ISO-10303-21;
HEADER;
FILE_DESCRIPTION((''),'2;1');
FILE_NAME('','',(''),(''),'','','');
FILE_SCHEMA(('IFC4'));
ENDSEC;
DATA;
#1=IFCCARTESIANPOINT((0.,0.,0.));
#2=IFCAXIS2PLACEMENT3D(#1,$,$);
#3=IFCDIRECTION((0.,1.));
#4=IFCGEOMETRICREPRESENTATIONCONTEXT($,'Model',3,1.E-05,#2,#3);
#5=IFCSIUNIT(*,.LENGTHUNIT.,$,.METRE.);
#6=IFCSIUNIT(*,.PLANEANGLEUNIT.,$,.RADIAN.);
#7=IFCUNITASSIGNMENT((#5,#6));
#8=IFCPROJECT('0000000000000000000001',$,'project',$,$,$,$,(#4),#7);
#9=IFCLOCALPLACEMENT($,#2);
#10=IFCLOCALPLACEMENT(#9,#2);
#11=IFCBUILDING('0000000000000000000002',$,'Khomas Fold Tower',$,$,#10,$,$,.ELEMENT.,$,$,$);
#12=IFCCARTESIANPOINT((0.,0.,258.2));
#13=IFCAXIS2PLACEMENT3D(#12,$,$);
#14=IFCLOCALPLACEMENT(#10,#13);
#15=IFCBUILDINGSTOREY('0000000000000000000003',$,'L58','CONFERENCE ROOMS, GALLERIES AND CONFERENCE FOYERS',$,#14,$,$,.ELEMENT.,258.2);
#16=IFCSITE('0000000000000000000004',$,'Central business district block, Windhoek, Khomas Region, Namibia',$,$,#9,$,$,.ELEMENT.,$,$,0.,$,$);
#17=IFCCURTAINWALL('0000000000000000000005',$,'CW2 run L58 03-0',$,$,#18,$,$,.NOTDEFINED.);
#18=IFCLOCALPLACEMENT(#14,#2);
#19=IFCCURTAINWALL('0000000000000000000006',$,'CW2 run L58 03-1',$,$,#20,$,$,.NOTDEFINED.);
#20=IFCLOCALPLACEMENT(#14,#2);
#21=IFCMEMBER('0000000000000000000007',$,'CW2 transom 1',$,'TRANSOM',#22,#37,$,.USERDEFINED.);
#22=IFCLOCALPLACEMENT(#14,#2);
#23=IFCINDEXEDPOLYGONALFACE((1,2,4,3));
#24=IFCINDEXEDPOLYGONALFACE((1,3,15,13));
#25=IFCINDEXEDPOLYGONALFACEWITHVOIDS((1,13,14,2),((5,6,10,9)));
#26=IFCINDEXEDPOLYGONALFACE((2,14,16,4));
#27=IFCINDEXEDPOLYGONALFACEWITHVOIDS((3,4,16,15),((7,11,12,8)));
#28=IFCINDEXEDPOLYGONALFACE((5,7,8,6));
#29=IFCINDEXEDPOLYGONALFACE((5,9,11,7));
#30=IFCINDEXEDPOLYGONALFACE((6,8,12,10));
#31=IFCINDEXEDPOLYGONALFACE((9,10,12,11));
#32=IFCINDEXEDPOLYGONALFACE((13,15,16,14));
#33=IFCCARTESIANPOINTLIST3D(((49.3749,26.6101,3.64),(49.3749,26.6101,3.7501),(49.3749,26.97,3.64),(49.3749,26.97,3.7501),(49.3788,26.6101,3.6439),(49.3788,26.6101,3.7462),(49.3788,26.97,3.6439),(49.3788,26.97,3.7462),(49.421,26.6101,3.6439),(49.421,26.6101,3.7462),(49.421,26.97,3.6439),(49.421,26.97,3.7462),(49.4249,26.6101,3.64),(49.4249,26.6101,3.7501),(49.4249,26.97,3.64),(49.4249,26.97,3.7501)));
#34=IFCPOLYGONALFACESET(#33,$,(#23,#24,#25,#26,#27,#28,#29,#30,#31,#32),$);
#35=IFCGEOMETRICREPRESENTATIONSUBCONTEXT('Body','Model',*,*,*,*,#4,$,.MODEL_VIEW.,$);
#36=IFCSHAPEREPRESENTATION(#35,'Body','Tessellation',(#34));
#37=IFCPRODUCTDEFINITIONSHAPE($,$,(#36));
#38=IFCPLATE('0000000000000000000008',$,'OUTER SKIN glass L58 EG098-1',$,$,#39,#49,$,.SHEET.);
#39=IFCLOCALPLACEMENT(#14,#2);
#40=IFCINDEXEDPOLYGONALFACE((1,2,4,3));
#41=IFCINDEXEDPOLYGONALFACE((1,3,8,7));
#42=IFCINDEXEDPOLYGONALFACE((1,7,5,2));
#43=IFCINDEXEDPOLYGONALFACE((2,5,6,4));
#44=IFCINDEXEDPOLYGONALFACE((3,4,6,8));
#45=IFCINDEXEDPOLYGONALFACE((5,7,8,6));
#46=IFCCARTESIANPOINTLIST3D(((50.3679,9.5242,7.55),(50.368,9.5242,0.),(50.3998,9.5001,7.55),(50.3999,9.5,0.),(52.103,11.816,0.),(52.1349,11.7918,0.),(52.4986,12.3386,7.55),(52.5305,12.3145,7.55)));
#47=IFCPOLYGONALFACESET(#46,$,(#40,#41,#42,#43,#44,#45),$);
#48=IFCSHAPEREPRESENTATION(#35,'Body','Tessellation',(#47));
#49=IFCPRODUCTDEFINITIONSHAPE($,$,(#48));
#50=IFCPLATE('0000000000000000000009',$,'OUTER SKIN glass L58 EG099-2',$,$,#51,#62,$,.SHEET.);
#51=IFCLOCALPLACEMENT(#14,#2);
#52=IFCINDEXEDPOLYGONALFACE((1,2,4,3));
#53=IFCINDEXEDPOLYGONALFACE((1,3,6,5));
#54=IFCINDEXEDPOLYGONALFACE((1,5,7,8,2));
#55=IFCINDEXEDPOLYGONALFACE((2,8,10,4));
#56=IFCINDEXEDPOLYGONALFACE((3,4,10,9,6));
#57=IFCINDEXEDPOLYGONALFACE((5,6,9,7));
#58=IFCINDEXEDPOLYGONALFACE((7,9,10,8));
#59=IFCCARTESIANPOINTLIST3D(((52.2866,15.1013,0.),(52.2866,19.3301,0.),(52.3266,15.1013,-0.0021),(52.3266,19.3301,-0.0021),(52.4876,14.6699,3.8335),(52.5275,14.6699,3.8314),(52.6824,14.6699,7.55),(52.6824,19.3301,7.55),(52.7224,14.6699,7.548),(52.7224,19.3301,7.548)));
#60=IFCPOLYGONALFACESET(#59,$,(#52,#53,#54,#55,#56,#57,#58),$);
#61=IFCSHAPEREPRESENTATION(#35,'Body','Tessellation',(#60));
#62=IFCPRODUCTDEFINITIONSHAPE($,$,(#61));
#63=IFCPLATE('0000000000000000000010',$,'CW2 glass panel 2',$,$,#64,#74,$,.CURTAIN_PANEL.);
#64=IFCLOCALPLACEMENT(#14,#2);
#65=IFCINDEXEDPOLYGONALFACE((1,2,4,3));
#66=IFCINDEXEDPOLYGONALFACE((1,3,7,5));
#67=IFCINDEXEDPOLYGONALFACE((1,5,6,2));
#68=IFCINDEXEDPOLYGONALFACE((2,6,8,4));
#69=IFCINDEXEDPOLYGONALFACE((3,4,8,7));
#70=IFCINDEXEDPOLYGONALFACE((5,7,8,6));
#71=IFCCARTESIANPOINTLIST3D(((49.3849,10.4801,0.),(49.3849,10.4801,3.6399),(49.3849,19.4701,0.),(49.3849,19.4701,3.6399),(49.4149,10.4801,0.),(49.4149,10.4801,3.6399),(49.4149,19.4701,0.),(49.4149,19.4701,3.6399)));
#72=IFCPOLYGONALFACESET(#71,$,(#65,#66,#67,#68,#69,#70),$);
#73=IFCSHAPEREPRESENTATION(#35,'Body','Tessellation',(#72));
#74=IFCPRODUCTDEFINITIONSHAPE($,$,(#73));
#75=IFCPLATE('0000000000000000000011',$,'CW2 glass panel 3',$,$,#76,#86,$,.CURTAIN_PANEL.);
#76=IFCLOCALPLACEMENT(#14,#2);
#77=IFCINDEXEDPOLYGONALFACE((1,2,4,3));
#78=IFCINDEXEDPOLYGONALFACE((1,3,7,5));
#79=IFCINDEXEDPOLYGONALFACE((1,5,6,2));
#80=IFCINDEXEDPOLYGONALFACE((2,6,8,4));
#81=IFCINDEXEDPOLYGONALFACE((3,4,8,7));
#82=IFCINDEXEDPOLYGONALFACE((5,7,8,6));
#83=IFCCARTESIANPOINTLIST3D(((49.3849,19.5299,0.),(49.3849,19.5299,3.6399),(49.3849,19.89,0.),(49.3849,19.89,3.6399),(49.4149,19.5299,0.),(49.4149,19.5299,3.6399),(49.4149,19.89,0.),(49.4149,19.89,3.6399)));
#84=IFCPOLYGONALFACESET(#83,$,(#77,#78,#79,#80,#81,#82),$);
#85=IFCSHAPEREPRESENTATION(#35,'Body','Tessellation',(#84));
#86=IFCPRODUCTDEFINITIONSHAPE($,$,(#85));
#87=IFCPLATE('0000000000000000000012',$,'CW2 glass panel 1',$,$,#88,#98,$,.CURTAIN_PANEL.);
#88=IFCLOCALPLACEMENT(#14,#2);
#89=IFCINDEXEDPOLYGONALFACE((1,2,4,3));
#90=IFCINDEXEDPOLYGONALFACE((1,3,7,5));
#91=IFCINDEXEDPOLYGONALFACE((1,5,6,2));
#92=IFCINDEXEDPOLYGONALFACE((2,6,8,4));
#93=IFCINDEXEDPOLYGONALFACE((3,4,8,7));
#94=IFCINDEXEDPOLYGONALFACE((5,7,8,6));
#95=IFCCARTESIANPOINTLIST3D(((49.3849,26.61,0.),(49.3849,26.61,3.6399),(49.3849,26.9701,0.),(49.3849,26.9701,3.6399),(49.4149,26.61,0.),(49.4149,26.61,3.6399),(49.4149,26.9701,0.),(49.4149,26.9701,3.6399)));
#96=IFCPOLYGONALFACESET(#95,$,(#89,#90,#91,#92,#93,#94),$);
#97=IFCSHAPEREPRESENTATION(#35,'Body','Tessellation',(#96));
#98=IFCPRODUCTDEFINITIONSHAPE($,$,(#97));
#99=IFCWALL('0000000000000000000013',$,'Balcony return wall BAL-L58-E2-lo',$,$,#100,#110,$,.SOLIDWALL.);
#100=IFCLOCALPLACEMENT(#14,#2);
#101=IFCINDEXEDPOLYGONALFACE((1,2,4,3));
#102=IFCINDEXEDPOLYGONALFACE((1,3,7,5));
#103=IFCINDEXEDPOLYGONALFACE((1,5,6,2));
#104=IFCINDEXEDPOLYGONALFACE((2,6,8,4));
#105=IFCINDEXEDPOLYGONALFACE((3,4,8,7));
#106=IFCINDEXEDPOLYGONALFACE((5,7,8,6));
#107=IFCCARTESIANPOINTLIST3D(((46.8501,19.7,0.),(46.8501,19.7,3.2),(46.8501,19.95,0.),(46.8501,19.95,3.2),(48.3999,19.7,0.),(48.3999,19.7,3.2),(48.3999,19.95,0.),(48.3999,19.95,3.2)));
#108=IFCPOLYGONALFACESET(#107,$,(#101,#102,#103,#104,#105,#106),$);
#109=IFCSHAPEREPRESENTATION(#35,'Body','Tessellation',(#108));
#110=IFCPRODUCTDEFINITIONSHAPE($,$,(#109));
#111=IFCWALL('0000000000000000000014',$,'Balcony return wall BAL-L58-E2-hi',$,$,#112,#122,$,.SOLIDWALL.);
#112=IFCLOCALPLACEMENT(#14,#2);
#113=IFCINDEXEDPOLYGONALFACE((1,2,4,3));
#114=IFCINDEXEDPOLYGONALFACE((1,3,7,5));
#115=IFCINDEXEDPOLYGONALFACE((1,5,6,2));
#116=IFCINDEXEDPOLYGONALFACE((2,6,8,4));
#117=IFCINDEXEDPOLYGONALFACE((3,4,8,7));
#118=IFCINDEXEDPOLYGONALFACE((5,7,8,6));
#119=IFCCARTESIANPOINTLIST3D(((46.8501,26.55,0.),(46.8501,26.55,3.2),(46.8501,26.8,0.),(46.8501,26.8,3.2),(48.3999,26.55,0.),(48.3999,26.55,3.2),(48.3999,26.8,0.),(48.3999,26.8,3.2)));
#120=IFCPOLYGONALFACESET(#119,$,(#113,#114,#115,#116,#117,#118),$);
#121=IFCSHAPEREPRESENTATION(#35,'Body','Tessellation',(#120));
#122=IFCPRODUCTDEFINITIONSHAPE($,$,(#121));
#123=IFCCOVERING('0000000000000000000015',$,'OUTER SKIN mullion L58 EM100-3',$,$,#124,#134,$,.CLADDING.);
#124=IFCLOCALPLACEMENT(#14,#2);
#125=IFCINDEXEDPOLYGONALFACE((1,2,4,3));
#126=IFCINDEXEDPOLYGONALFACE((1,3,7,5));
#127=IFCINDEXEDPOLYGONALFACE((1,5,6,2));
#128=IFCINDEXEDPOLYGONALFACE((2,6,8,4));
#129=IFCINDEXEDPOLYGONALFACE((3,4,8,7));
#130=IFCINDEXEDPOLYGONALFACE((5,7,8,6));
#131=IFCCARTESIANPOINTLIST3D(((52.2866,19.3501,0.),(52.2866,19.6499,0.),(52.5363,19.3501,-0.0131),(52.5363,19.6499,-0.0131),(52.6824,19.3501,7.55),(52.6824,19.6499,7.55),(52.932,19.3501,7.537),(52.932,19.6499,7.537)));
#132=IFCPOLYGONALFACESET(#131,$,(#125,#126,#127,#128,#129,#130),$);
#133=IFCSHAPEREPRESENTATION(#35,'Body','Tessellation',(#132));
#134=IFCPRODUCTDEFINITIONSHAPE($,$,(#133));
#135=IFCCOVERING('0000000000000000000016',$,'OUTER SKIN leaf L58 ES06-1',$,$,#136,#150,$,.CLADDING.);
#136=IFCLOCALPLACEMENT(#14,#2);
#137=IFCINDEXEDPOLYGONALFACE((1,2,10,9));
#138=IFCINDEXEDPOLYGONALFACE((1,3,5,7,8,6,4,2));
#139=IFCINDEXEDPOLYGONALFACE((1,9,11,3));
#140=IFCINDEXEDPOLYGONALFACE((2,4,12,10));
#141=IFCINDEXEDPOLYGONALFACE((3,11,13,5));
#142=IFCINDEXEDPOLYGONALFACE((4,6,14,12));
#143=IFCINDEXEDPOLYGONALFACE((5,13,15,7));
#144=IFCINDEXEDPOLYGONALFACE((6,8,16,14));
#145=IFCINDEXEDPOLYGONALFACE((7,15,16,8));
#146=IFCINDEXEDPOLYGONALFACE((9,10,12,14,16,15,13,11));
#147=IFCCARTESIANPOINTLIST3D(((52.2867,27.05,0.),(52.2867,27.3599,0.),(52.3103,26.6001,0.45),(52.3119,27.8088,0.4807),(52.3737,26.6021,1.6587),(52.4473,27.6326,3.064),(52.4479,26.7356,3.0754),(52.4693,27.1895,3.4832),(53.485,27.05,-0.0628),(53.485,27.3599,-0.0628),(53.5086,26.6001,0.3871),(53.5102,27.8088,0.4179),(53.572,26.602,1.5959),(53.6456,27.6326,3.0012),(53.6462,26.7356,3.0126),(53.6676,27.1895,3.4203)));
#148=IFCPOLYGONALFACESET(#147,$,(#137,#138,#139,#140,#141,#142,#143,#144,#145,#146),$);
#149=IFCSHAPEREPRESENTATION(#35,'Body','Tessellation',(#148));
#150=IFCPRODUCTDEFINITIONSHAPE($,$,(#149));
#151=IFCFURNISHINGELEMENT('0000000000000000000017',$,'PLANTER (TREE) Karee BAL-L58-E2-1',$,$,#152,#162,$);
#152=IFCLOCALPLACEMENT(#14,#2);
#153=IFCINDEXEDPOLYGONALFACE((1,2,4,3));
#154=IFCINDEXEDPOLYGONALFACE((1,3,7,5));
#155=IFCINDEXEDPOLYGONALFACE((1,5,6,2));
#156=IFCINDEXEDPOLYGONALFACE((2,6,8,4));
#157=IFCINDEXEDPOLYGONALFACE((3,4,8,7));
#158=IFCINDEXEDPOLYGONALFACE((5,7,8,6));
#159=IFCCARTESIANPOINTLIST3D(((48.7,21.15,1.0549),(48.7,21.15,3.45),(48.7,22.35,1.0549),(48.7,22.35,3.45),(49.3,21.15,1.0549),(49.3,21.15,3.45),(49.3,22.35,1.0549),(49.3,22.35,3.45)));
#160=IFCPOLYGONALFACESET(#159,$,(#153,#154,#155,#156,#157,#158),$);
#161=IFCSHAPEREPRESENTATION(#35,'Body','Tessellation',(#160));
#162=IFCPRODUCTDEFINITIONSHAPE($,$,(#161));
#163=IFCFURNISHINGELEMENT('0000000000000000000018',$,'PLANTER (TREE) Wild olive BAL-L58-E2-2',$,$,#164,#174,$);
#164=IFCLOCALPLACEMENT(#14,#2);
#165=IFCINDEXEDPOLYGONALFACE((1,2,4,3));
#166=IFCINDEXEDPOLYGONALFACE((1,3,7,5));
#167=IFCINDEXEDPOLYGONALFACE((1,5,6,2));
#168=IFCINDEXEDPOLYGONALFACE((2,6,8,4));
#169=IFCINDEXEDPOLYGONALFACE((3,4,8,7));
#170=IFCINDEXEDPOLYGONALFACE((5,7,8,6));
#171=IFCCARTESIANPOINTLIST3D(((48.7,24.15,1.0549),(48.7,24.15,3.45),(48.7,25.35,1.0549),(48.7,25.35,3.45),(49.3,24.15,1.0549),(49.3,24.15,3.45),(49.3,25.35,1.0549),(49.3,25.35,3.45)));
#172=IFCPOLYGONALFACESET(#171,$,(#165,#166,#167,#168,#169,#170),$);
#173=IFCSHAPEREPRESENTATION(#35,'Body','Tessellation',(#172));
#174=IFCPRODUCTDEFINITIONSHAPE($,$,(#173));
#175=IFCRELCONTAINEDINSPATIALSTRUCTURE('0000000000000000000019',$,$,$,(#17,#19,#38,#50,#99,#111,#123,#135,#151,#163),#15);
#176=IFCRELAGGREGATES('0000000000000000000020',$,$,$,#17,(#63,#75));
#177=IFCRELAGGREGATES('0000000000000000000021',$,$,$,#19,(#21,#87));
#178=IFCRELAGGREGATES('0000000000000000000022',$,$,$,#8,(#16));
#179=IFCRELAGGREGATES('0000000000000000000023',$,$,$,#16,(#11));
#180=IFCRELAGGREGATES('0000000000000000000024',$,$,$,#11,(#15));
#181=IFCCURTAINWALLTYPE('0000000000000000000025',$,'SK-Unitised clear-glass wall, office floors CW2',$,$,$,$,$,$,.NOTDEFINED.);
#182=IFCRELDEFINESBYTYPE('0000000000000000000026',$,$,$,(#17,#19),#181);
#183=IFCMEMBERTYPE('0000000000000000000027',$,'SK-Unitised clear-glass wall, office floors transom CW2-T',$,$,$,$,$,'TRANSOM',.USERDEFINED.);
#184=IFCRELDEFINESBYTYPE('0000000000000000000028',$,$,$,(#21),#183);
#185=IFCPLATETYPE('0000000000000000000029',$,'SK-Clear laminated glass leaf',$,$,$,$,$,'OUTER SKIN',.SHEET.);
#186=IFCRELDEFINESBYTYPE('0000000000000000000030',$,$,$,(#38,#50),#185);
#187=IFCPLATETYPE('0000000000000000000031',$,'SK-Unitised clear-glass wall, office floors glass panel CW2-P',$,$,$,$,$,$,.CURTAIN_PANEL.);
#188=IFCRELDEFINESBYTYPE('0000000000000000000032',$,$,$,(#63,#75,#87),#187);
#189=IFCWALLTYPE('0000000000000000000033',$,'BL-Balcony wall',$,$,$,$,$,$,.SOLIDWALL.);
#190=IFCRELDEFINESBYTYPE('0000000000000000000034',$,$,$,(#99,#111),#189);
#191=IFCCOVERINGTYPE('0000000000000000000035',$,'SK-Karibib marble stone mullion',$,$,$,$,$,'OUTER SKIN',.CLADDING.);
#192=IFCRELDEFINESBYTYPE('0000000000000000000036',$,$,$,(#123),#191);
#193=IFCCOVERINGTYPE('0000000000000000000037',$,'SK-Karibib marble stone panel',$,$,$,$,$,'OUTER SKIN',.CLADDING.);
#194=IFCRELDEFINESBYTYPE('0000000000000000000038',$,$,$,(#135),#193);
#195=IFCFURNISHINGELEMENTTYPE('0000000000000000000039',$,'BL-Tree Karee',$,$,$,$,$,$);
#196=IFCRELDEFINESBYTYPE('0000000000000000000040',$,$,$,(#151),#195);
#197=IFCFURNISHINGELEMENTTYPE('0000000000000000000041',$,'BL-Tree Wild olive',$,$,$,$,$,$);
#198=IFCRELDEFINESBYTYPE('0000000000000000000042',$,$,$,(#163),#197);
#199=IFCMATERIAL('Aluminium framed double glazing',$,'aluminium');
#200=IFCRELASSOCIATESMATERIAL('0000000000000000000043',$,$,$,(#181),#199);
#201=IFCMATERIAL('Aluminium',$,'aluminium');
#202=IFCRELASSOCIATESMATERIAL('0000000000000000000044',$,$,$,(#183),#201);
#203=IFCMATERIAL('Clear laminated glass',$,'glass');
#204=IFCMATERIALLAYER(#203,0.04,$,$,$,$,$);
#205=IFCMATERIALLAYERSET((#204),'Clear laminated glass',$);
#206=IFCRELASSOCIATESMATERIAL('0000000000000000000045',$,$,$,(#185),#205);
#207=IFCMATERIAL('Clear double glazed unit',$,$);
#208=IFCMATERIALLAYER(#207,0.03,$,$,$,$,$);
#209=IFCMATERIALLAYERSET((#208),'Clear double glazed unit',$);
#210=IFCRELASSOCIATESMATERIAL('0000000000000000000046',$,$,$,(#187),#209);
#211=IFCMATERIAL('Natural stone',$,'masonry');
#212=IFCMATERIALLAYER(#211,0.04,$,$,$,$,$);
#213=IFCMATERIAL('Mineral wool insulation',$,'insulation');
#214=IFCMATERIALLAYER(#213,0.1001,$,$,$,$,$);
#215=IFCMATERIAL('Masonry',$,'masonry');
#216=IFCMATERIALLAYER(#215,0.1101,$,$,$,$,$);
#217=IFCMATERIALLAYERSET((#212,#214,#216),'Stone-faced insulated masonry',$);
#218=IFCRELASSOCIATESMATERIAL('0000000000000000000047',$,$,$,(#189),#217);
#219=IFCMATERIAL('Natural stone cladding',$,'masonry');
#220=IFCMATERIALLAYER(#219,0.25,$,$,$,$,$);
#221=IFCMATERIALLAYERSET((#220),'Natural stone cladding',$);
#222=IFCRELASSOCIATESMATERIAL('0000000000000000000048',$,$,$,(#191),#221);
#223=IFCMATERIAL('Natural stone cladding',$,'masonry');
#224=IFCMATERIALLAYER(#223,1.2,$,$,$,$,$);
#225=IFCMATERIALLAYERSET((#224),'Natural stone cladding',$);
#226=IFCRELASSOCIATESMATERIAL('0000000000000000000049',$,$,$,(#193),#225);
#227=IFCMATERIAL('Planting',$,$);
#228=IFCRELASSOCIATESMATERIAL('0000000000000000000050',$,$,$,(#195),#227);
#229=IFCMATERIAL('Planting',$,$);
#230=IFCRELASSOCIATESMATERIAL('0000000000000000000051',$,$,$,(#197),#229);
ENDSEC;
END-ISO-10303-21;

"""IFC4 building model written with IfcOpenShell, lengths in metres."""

from ifc_helpers import new_model, si_unit, direction, frame, frame_2d, origin, origin_2d, place, context, subcontext, project, spatial, polyline, rectangle, hollow_rectangle, outline, extrude, source, transform, mapped, material, layer, layer_set, material_profile, profile_set, type_object, element, aggregate, save


model = new_model("IFC4")

# Units and contexts
model_context = context("Model", 3, precision=1e-05, world=origin(), true_north=direction((0.0, 1.0)))
body_context = subcontext(model_context, "Body", "Model", "MODEL_VIEW")
ifc_project = project(units=[si_unit("LENGTHUNIT", "METRE"), si_unit("PLANEANGLEUNIT", "RADIAN")], contexts=[model_context])

# Site, building, storey
site_placement = place(None, origin())
site = spatial("IfcSite", under=ifc_project, at=site_placement, Name="Central business district block, Windhoek, Khomas Region, Namibia", CompositionType="ELEMENT", RefElevation=0.0)
building_placement = place(site_placement, origin())
building = spatial("IfcBuilding", under=site, at=building_placement, Name="Khomas Fold Tower", CompositionType="ELEMENT")
storey_placement = place(building_placement, frame((0.0, 0.0, 258.2)))
storey = spatial("IfcBuildingStorey", under=building, at=storey_placement, Name="L58", Description="CONFERENCE ROOMS, GALLERIES AND CONFERENCE FOYERS", CompositionType="ELEMENT", Elevation=258.2)

# Curtain wall
ifc_material_1 = material(Name="Aluminium framed double glazing", Category="aluminium")
curtain_wall_type = type_object("IfcCurtainWallType", Name="SK-Unitised clear-glass wall, office floors CW2", PredefinedType="NOTDEFINED", material=ifc_material_1)
curtain_wall_1_placement = place(storey_placement, origin())
curtain_wall_1 = element("IfcCurtainWall", 1, at=curtain_wall_1_placement, inside=storey, type_object=curtain_wall_type, Name="CW2 run L58 03-0", PredefinedType="NOTDEFINED")

# Curtain wall
curtain_wall_2_placement = place(storey_placement, origin())
curtain_wall_2 = element("IfcCurtainWall", 2, at=curtain_wall_2_placement, inside=storey, type_object=curtain_wall_type, Name="CW2 run L58 03-1", PredefinedType="NOTDEFINED")

# Member
ifc_material_2 = material(Name="Aluminium", Category="aluminium")
ifc_material_profile_1 = material_profile(ifc_material_2, hollow_rectangle(XDim=0.05, YDim=0.1101, WallThickness=0.0039, at=origin_2d()), Name="SK-Unitised clear-glass wall, office floors transom CW2-T")
ifc_profile_set_1 = profile_set([ifc_material_profile_1], Name="Aluminium")
member_type_1 = type_object("IfcMemberType", Name="SK-Unitised clear-glass wall, office floors transom CW2-T", ElementType="TRANSOM", PredefinedType="USERDEFINED", material=ifc_profile_set_1)
shared_shape_1 = source(origin(), body_context, "Body", "SweptSolid", [
    extrude(hollow_rectangle(XDim=0.05, YDim=0.1101, WallThickness=0.0039, at=origin_2d()), origin(), (0.0, 0.0, 1.0), 0.3599),
])
member_1_placement = place(storey_placement, frame((49.3999, 26.6101, 3.6951), z_axis=(0.0, 1.0, 0.0), x_axis=(-1.0, 0.0, 0.0)))
member_1 = element("IfcMember", 3, at=member_1_placement, type_object=member_type_1, Name="CW2 transom 1", ObjectType="TRANSOM", PredefinedType="USERDEFINED", context=body_context, shape_type="MappedRepresentation", body=[
    mapped(shared_shape_1, transform((0.0, 0.0, 0.0))),
])

# Plates
ifc_material_3 = material(Name="Clear laminated glass", Category="glass")
ifc_layer_1 = layer(ifc_material_3, 0.04)
ifc_layer_set_1 = layer_set([ifc_layer_1], Name="Clear laminated glass")
plate_type_1 = type_object("IfcPlateType", Name="SK-Clear laminated glass leaf", ElementType="OUTER SKIN", PredefinedType="SHEET", material=ifc_layer_set_1)
plate_1_placement = place(storey_placement, frame((52.5305, 12.3145, 7.55), z_axis=(0.797288, -0.603599, 0.000011), x_axis=(-0.052197, -0.068966, -0.996253)))
element("IfcPlate", 4, at=plate_1_placement, inside=storey, type_object=plate_type_1, Name="OUTER SKIN glass L58 EG098-1", PredefinedType="SHEET", context=body_context, shape_type="SweptSolid", body=[
    extrude(outline(polyline([(0.0, 0.0), (7.5784, 0.0), (7.8271, -2.8637), (0.3053, -3.5167), (0.0, 0.0)])), origin(), (0.0, 0.0, -1.0), 0.04),
])
plate_2_placement = place(storey_placement, frame((52.2866, 15.1013, 0.0), z_axis=(-0.998629, 0.000001, 0.052345), x_axis=(0.052018, -0.111676, 0.992382)))
element("IfcPlate", 5, at=plate_2_placement, inside=storey, type_object=plate_type_1, Name="OUTER SKIN glass L58 EG099-2", PredefinedType="SHEET", context=body_context, shape_type="SweptSolid", body=[
    extrude(outline(polyline([(0.0, 0.0), (3.8629, 0.0), (7.5613, 0.4156), (7.0409, 5.0466), (-0.4723, 4.2023), (0.0, 0.0)])), origin(), (0.0, 0.0, -1.0), 0.04),
])

# Plates
ifc_material_4 = material(Name="Clear double glazed unit")
ifc_layer_2 = layer(ifc_material_4, 0.03)
ifc_layer_set_2 = layer_set([ifc_layer_2], Name="Clear double glazed unit")
plate_type_2 = type_object("IfcPlateType", Name="SK-Unitised clear-glass wall, office floors glass panel CW2-P", PredefinedType="CURTAIN_PANEL", material=ifc_layer_set_2)
shared_shape_2 = source(origin(), body_context, "Body", "SweptSolid", [
    extrude(rectangle(XDim=8.99, YDim=0.03, at=origin_2d()), origin(), (0.0, 0.0, 1.0), 3.6399),
])
plate_3_placement = place(storey_placement, frame((49.3999, 14.9751, 0.0), z_axis=(0.0, 0.0, 1.0), x_axis=(0.0, 1.0, 0.0)))
plate_3 = element("IfcPlate", 6, at=plate_3_placement, type_object=plate_type_2, Name="CW2 glass panel 2", PredefinedType="CURTAIN_PANEL", context=body_context, shape_type="MappedRepresentation", body=[
    mapped(shared_shape_2, transform((0.0, 0.0, 0.0))),
])
shared_shape_3 = source(origin(), body_context, "Body", "SweptSolid", [
    extrude(rectangle(XDim=0.3601, YDim=0.03, at=origin_2d()), origin(), (0.0, 0.0, 1.0), 3.6399),
])
plate_4_placement = place(storey_placement, frame((49.3999, 19.71, 0.0), z_axis=(0.0, 0.0, 1.0), x_axis=(0.0, 1.0, 0.0)))
plate_4 = element("IfcPlate", 7, at=plate_4_placement, type_object=plate_type_2, Name="CW2 glass panel 3", PredefinedType="CURTAIN_PANEL", context=body_context, shape_type="MappedRepresentation", body=[
    mapped(shared_shape_3, transform((0.0, 0.0, 0.0))),
])
aggregate(curtain_wall_1, [plate_3, plate_4])
plate_5_placement = place(storey_placement, frame((49.3999, 26.79, 0.0), z_axis=(0.0, 0.0, 1.0), x_axis=(0.0, 1.0, 0.0)))
plate_5 = element("IfcPlate", 8, at=plate_5_placement, type_object=plate_type_2, Name="CW2 glass panel 1", PredefinedType="CURTAIN_PANEL", context=body_context, shape_type="MappedRepresentation", body=[
    mapped(shared_shape_3, transform((0.0, 0.0, 0.0))),
])
aggregate(curtain_wall_2, [member_1, plate_5])

# Shared definitions
ifc_material_5 = material(Name="Natural stone", Category="masonry")
ifc_layer_3 = layer(ifc_material_5, 0.04)
ifc_material_6 = material(Name="Mineral wool insulation", Category="insulation")
ifc_layer_4 = layer(ifc_material_6, 0.1001)
ifc_material_7 = material(Name="Masonry", Category="masonry")
ifc_layer_5 = layer(ifc_material_7, 0.1101)
ifc_layer_set_3 = layer_set([ifc_layer_3, ifc_layer_4, ifc_layer_5], Name="Stone-faced insulated masonry")
wall_type = type_object("IfcWallType", Name="BL-Balcony wall", PredefinedType="SOLIDWALL", material=ifc_layer_set_3)

# Walls
shared_shape_4 = source(origin(), body_context, "Body", "SweptSolid", [
    extrude(rectangle(XDim=1.5498, YDim=0.25, at=frame_2d((0.7749, 0.0))), origin(), (0.0, 0.0, 1.0), 3.2),
])
for number, where, z_axis, x_axis, name in (
    (9, (48.3999, 19.825, 0.0), (0.0, 0.0, 1.0), (-1.0, 0.0, 0.0), "Balcony return wall BAL-L58-E2-lo"),
    (10, (48.3999, 26.675, 0.0), (0.0, 0.0, 1.0), (-1.0, 0.0, 0.0), "Balcony return wall BAL-L58-E2-hi"),
):
    element("IfcWall", number, at=place(storey_placement, frame(where, z_axis=z_axis, x_axis=x_axis)), inside=storey, type_object=wall_type, Name=name, PredefinedType="SOLIDWALL", context=body_context, shape_type="MappedRepresentation", body=[
        mapped(shared_shape_4, transform((0.0, 0.0, 0.0))),
    ])

# Coverings
ifc_material_8 = material(Name="Natural stone cladding", Category="masonry")
ifc_layer_6 = layer(ifc_material_8, 0.25)
ifc_layer_set_4 = layer_set([ifc_layer_6], Name="Natural stone cladding")
covering_type_1 = type_object("IfcCoveringType", Name="SK-Karibib marble stone mullion", ElementType="OUTER SKIN", PredefinedType="CLADDING", material=ifc_layer_set_4)
covering_1_placement = place(storey_placement, frame((52.2866, 19.3501, 0.0), z_axis=(-0.998629, 0.0, 0.052345), x_axis=(0.052345, 0.0, 0.998629)))
element("IfcCovering", 11, at=covering_1_placement, inside=storey, type_object=covering_type_1, Name="OUTER SKIN mullion L58 EM100-3", PredefinedType="CLADDING", context=body_context, shape_type="SweptSolid", body=[
    extrude(outline(polyline([(0.0, 0.0), (7.5604, 0.0), (7.5604, 0.2998), (0.0, 0.2998), (0.0, 0.0)])), origin(), (0.0, 0.0, -1.0), 0.25),
])
ifc_material_9 = material(Name="Natural stone cladding", Category="masonry")
ifc_layer_7 = layer(ifc_material_9, 1.2)
ifc_layer_set_5 = layer_set([ifc_layer_7], Name="Natural stone cladding")
covering_type_2 = type_object("IfcCoveringType", Name="SK-Karibib marble stone panel", ElementType="OUTER SKIN", PredefinedType="CLADDING", material=ifc_layer_set_5)
covering_2_placement = place(storey_placement, frame((52.3103, 26.6001, 0.45), z_axis=(-0.998629, 0.000002, 0.052343), x_axis=(0.052343, 0.001614, 0.998628)))
element("IfcCovering", 12, at=covering_2_placement, inside=storey, type_object=covering_type_2, Name="OUTER SKIN leaf L58 ES06-1", PredefinedType="CLADDING", context=body_context, shape_type="SweptSolid", body=[
    extrude(outline(polyline([(0.0, 0.0), (1.2104, 0.0), (2.6293, 0.1313), (3.0383, 0.5845), (2.6193, 1.0282), (0.0327, 1.2087), (-0.4493, 0.7605), (-0.4498, 0.4507), (0.0, 0.0)])), origin(), (0.0, 0.0, -1.0), 1.2),
])

# Furnishing elements
ifc_material_10 = material(Name="Planting")
furnishing_element_type_1 = type_object("IfcFurnishingElementType", Name="BL-Tree Karee", material=ifc_material_10)
shared_shape_5 = source(origin(), body_context, "Body", "SweptSolid", [
    extrude(rectangle(XDim=1.2, YDim=0.6001, at=origin_2d()), origin(), (0.0, 0.0, 1.0), 2.395),
])
furnishing_1_placement = place(storey_placement, frame((49.0, 21.75, 1.0549), z_axis=(0.0, 0.0, 1.0), x_axis=(0.0, 1.0, 0.0)))
element("IfcFurnishingElement", 13, at=furnishing_1_placement, inside=storey, type_object=furnishing_element_type_1, Name="PLANTER (TREE) Karee BAL-L58-E2-1", context=body_context, shape_type="MappedRepresentation", body=[
    mapped(shared_shape_5, transform((0.0, 0.0, 0.0))),
])
ifc_material_11 = material(Name="Planting")
furnishing_element_type_2 = type_object("IfcFurnishingElementType", Name="BL-Tree Wild olive", material=ifc_material_11)
furnishing_2_placement = place(storey_placement, frame((49.0, 24.75, 1.0549), z_axis=(0.0, 0.0, 1.0), x_axis=(0.0, 1.0, 0.0)))
element("IfcFurnishingElement", 14, at=furnishing_2_placement, inside=storey, type_object=furnishing_element_type_2, Name="PLANTER (TREE) Wild olive BAL-L58-E2-2", context=body_context, shape_type="MappedRepresentation", body=[
    mapped(shared_shape_5, transform((0.0, 0.0, 0.0))),
])

save(model, "model.ifc")
